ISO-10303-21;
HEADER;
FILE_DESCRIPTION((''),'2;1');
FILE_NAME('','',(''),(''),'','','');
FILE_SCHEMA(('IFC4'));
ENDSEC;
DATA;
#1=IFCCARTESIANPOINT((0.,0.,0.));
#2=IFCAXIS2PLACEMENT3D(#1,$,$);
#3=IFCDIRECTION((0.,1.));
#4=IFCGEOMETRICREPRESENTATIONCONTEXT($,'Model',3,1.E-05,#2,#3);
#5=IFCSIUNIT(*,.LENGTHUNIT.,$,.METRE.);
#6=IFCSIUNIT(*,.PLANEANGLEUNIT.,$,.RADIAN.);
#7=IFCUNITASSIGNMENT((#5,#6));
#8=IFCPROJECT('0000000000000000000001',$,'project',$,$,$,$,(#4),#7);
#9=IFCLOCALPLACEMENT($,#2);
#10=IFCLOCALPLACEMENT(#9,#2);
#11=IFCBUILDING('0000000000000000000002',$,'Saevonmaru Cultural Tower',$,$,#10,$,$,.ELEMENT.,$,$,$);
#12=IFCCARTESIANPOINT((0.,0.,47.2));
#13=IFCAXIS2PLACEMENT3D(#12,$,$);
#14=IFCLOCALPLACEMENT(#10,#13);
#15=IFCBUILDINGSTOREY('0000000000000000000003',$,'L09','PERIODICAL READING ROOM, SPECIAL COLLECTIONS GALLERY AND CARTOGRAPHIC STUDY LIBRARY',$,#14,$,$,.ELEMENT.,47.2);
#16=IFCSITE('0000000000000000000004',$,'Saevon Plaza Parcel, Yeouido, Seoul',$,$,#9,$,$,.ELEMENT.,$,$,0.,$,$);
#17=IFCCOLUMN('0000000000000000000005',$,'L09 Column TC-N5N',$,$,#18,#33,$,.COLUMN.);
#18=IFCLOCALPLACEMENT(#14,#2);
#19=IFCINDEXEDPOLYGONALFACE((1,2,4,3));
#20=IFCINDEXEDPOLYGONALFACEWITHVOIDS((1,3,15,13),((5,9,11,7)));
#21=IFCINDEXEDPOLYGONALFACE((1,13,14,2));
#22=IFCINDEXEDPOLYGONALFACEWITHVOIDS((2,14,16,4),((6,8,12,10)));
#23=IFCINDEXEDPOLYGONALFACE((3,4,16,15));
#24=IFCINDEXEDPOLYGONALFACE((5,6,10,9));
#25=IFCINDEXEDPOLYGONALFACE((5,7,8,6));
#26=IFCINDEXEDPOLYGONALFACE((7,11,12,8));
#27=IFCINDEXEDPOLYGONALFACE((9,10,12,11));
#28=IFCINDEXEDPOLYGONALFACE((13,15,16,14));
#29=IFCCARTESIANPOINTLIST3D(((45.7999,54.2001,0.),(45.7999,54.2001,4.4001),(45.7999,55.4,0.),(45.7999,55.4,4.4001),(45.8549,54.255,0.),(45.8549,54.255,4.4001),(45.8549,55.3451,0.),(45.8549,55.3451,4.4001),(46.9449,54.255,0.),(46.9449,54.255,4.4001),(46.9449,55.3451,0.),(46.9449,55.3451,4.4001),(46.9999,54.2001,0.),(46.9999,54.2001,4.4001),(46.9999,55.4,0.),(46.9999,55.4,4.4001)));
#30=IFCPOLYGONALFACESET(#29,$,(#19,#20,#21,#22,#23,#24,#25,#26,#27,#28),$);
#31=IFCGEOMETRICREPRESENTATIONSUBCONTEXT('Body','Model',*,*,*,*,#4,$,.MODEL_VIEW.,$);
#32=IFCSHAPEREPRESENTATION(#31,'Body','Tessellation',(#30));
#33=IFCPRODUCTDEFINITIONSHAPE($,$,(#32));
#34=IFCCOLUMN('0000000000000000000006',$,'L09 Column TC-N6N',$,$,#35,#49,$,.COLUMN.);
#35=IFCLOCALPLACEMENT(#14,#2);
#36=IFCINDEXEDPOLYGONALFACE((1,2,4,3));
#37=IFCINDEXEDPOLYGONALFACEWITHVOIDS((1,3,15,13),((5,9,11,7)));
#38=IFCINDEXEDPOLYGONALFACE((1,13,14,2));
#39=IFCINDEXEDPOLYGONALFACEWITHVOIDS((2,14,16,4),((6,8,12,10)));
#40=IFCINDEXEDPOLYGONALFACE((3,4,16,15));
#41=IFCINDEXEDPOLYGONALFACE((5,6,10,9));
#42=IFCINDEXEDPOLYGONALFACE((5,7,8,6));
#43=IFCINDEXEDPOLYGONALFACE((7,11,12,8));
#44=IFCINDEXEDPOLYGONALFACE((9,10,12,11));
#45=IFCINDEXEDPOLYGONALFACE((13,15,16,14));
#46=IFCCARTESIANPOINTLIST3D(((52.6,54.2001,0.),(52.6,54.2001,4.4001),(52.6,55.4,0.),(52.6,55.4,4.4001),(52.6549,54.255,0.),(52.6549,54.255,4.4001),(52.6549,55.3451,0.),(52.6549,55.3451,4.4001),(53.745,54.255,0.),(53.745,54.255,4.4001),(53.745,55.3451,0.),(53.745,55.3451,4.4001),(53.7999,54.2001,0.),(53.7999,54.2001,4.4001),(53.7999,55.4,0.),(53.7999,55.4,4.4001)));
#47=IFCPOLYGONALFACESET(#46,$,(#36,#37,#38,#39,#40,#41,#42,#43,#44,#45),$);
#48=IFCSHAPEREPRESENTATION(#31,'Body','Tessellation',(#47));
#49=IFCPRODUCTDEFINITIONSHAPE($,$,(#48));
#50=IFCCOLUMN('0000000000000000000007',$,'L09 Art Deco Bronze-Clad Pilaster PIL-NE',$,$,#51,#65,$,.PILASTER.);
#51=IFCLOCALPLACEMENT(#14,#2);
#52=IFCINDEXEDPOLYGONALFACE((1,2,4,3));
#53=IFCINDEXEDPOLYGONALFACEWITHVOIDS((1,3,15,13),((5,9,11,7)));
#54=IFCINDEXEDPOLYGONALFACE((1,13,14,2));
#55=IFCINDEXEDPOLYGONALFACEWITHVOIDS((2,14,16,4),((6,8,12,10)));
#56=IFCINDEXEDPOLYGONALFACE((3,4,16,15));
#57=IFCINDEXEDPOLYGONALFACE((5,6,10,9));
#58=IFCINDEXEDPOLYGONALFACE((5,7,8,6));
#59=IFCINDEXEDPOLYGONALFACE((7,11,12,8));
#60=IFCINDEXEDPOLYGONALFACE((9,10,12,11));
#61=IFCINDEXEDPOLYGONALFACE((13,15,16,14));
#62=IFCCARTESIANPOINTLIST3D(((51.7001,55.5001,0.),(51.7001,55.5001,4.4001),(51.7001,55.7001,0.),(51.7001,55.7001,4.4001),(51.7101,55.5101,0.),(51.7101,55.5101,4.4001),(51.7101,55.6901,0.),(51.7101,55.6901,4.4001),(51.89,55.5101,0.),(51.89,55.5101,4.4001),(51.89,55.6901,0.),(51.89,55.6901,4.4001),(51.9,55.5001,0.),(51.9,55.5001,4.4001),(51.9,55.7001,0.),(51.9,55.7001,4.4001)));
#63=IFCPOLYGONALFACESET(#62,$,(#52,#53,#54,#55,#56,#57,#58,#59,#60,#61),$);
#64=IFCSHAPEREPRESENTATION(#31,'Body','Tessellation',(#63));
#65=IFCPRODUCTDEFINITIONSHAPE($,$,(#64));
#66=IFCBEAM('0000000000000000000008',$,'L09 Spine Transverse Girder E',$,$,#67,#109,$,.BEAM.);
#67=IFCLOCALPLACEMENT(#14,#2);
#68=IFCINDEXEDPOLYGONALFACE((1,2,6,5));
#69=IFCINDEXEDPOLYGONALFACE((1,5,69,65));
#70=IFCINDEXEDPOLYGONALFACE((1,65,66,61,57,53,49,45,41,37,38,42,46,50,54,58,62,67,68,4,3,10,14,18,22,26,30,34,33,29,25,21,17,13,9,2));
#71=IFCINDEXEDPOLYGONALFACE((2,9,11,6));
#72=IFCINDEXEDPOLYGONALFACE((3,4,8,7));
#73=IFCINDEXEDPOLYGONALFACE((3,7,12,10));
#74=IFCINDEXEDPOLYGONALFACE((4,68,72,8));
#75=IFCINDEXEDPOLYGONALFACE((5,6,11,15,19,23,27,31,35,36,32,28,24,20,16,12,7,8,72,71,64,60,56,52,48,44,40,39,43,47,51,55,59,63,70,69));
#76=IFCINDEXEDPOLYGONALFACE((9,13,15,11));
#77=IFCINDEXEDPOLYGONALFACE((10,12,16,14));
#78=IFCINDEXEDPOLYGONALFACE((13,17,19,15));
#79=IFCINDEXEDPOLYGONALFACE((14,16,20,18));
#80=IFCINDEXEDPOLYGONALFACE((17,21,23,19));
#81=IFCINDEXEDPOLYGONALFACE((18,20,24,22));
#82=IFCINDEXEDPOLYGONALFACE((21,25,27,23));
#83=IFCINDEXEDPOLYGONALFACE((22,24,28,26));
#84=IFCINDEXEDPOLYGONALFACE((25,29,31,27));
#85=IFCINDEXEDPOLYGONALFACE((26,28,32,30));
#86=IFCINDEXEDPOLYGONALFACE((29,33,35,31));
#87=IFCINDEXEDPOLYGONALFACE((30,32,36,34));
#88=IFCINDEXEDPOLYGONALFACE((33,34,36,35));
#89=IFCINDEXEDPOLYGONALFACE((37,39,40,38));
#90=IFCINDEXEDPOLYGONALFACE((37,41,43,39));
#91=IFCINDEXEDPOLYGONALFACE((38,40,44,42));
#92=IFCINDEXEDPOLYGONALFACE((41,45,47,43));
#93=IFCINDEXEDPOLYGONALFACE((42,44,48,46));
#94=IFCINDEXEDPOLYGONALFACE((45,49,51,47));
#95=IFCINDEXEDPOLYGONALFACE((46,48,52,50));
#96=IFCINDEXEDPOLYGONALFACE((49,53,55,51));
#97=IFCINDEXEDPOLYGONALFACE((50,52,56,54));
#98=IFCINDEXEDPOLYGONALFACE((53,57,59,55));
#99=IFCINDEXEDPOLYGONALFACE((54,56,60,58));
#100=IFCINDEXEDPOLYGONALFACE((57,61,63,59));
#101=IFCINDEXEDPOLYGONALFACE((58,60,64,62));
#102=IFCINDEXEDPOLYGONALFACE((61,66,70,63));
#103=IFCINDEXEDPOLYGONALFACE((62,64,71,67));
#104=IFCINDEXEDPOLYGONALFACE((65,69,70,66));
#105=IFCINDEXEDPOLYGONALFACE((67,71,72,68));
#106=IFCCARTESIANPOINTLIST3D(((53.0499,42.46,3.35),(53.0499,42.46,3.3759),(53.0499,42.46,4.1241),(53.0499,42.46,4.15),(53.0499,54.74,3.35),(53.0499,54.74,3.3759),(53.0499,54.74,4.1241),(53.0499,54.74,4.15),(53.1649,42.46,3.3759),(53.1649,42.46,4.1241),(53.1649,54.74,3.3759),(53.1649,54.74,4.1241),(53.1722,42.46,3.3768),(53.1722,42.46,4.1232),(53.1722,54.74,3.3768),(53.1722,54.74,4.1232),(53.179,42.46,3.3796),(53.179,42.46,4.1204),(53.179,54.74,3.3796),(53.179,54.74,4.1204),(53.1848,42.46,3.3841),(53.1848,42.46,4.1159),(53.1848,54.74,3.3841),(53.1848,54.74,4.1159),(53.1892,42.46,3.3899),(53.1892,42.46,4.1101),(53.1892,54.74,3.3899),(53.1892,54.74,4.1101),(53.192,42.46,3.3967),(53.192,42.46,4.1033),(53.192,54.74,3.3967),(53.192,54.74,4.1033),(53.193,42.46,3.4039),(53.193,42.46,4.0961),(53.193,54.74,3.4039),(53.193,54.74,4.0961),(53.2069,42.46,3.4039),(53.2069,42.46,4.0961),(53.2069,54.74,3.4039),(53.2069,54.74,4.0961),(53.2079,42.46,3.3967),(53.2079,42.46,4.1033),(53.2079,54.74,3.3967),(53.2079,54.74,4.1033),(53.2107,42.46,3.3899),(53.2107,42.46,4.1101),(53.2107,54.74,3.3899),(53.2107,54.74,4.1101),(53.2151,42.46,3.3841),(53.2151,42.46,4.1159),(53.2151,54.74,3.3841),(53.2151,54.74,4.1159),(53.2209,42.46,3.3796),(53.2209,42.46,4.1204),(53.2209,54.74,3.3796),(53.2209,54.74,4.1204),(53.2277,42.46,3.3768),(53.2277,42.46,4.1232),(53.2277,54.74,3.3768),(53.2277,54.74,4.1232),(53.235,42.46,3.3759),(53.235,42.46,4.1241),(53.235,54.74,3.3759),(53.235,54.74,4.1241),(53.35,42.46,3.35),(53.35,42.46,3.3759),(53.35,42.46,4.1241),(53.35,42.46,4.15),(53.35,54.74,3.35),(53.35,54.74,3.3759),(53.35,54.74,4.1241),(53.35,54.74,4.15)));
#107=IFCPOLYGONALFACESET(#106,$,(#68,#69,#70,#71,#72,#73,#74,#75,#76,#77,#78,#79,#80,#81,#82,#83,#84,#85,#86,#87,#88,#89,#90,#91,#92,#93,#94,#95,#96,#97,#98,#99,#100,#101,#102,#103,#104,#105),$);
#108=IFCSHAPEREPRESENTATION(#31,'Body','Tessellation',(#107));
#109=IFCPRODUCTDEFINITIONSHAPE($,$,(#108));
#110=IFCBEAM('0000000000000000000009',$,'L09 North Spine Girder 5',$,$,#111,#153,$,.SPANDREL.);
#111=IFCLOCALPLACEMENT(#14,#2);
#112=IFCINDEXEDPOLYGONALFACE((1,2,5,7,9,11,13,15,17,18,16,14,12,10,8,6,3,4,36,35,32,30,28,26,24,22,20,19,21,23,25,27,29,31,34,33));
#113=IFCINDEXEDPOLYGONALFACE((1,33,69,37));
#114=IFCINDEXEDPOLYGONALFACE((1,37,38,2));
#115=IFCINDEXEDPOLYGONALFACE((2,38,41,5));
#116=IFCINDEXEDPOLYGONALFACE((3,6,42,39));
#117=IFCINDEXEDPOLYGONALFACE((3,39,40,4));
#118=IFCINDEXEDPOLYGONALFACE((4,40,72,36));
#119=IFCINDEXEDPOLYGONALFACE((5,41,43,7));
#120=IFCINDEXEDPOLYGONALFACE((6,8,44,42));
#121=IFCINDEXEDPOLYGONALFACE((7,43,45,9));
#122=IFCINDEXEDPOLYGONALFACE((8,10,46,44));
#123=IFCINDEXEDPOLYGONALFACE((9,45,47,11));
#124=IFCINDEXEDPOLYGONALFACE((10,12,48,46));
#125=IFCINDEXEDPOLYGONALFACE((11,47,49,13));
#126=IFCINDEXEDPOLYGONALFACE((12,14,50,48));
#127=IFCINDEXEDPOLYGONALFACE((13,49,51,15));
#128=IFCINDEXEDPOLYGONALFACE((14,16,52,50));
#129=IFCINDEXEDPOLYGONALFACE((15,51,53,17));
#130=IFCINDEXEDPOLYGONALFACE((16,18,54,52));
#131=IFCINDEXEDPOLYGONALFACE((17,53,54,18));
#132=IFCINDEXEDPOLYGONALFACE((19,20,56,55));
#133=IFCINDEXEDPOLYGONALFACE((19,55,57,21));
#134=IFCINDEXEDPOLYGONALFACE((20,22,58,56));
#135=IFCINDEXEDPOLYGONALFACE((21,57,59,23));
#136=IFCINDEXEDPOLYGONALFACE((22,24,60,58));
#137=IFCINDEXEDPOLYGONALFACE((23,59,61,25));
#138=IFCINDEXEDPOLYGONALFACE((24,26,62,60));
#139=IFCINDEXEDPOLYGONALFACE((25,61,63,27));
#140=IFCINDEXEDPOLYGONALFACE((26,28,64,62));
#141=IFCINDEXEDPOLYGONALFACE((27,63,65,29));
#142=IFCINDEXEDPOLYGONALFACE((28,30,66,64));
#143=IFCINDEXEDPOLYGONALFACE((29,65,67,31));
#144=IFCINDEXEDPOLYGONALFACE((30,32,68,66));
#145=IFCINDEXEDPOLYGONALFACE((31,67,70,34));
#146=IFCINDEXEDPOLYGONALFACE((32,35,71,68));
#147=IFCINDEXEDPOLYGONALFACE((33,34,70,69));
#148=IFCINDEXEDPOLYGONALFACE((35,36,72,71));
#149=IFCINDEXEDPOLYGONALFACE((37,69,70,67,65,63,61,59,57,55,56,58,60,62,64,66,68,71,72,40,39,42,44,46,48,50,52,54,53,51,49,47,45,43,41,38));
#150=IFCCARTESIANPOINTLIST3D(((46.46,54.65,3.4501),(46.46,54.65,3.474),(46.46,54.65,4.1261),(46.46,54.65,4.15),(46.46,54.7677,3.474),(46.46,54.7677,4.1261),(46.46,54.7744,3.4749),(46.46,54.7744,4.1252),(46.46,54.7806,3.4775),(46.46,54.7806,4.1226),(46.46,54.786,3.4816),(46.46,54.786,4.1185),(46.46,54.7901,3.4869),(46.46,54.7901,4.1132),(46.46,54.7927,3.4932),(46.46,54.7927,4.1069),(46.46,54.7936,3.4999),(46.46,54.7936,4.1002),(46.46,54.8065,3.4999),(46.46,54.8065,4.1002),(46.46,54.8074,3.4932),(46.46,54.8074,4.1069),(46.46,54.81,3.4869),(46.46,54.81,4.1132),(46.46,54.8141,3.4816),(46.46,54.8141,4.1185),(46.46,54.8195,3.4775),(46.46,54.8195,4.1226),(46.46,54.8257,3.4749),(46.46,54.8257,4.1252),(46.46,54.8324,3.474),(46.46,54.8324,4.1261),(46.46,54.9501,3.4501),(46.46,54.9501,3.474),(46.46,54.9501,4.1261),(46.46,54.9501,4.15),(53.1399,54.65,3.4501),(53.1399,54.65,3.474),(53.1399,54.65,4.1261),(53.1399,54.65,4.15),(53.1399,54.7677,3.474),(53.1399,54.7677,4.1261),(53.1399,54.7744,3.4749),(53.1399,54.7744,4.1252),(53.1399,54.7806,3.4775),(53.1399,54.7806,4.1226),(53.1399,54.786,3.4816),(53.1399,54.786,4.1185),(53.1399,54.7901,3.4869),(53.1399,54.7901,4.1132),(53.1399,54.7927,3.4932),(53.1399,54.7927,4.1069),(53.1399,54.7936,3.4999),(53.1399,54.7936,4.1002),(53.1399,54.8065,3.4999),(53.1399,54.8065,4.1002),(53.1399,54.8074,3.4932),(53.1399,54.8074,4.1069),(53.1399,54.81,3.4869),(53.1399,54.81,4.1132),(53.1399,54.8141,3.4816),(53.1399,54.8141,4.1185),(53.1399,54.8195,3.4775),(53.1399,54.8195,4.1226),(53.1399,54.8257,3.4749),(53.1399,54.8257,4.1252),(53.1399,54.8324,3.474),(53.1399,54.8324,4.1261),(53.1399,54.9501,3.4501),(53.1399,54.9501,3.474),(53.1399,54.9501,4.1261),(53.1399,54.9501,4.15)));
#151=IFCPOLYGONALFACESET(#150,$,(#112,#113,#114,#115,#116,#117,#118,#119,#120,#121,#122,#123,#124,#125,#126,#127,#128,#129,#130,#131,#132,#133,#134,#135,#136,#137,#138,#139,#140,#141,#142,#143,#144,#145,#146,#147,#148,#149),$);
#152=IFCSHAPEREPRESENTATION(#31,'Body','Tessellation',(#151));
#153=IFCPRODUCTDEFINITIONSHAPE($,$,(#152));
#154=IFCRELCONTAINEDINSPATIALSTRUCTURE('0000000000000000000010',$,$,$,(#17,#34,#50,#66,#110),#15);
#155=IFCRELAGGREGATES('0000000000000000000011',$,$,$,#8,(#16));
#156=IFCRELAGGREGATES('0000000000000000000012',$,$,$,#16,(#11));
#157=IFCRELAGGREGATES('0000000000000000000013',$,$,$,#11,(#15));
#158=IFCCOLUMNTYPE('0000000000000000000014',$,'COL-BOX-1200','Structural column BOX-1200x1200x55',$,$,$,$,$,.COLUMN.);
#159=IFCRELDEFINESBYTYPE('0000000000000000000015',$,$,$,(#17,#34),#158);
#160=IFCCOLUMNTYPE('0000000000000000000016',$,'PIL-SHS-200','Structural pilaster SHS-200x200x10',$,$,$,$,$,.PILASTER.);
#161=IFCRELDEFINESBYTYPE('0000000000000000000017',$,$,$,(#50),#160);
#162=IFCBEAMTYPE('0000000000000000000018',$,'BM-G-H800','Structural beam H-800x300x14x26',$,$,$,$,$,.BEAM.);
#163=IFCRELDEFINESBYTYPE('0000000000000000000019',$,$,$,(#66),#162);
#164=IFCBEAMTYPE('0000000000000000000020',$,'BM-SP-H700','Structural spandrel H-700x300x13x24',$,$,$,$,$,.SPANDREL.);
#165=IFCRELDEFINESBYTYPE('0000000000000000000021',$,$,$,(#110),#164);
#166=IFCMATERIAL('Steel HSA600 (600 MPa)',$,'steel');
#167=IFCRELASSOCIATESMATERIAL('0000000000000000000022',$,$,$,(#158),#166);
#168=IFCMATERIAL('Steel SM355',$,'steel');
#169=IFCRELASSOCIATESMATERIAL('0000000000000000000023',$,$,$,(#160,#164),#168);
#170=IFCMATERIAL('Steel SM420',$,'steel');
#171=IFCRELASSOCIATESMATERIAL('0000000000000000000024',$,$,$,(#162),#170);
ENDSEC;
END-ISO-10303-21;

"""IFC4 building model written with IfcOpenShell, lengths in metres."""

from ifc_helpers import new_model, si_unit, direction, frame, origin, origin_2d, place, context, subcontext, project, spatial, hollow_rectangle, i_section, extrude, material, material_profile, profile_set, type_object, element, save


model = new_model("IFC4")

# Units and contexts
model_context = context("Model", 3, precision=1e-05, world=origin(), true_north=direction((0.0, 1.0)))
body_context = subcontext(model_context, "Body", "Model", "MODEL_VIEW")
ifc_project = project(units=[si_unit("LENGTHUNIT", "METRE"), si_unit("PLANEANGLEUNIT", "RADIAN")], contexts=[model_context])

# Site, building, storey
site_placement = place(None, origin())
site = spatial("IfcSite", under=ifc_project, at=site_placement, Name="Saevon Plaza Parcel, Yeouido, Seoul", CompositionType="ELEMENT", RefElevation=0.0)
building_placement = place(site_placement, origin())
building = spatial("IfcBuilding", under=site, at=building_placement, Name="Saevonmaru Cultural Tower", CompositionType="ELEMENT")
storey_placement = place(building_placement, frame((0.0, 0.0, 47.2)))
storey = spatial("IfcBuildingStorey", under=building, at=storey_placement, Name="L09", Description="PERIODICAL READING ROOM, SPECIAL COLLECTIONS GALLERY AND CARTOGRAPHIC STUDY LIBRARY", CompositionType="ELEMENT", Elevation=47.2)

# Columns
ifc_material_1 = material(Name="Steel HSA600 (600 MPa)", Category="steel")
ifc_material_profile_1 = material_profile(ifc_material_1, hollow_rectangle(XDim=1.2, YDim=1.2, WallThickness=0.0549, at=origin_2d()), Name="BOX-1200x1200x55")
ifc_profile_set_1 = profile_set([ifc_material_profile_1], Name="Steel HSA600 (600 MPa)")
column_type_1 = type_object("IfcColumnType", Name="COL-BOX-1200", Description="Structural column BOX-1200x1200x55", PredefinedType="COLUMN", material=ifc_profile_set_1)
for number, where, z_axis, x_axis, name in (
    (1, (46.3999, 54.8, 0.0), (0.0, 0.0, 1.0), (1.0, 0.0, 0.0), "L09 Column TC-N5N"),
    (2, (53.2, 54.8, 0.0), (0.0, 0.0, 1.0), (1.0, 0.0, 0.0), "L09 Column TC-N6N"),
):
    element("IfcColumn", number, at=place(storey_placement, frame(where, z_axis=z_axis, x_axis=x_axis)), inside=storey, type_object=column_type_1, Name=name, PredefinedType="COLUMN", context=body_context, shape_type="SweptSolid", body=[
        extrude(hollow_rectangle(XDim=1.2, YDim=1.2, WallThickness=0.0549, at=origin_2d()), origin(), (0.0, 0.0, 1.0), 4.4001),
    ])
ifc_material_2 = material(Name="Steel SM355", Category="steel")
ifc_material_profile_2 = material_profile(ifc_material_2, hollow_rectangle(XDim=0.2, YDim=0.2, WallThickness=0.01, at=origin_2d()), Name="SHS-200x200x10")
ifc_profile_set_2 = profile_set([ifc_material_profile_2], Name="Steel SM355")
column_type_2 = type_object("IfcColumnType", Name="PIL-SHS-200", Description="Structural pilaster SHS-200x200x10", PredefinedType="PILASTER", material=ifc_profile_set_2)
column_placement = place(storey_placement, frame((51.8, 55.6001, 0.0), z_axis=(0.0, 0.0, 1.0), x_axis=(1.0, 0.0, 0.0)))
element("IfcColumn", 3, at=column_placement, inside=storey, type_object=column_type_2, Name="L09 Art Deco Bronze-Clad Pilaster PIL-NE", PredefinedType="PILASTER", context=body_context, shape_type="SweptSolid", body=[
    extrude(hollow_rectangle(XDim=0.2, YDim=0.2, WallThickness=0.01, at=origin_2d()), origin(), (0.0, 0.0, 1.0), 4.4001),
])

# Beams
ifc_material_3 = material(Name="Steel SM420", Category="steel")
ifc_material_profile_3 = material_profile(ifc_material_3, i_section(OverallWidth=0.3, OverallDepth=0.8, WebThickness=0.0139, FlangeThickness=0.0259, FilletRadius=0.0281, at=origin_2d()), Name="H-800x300x14x26")
ifc_profile_set_3 = profile_set([ifc_material_profile_3], Name="Steel SM420")
beam_type_1 = type_object("IfcBeamType", Name="BM-G-H800", Description="Structural beam H-800x300x14x26", PredefinedType="BEAM", material=ifc_profile_set_3)
beam_1_placement = place(storey_placement, frame((53.2, 54.74, 3.75), z_axis=(0.0, -1.0, 0.0), x_axis=(1.0, 0.0, 0.0)))
element("IfcBeam", 4, at=beam_1_placement, inside=storey, type_object=beam_type_1, Name="L09 Spine Transverse Girder E", PredefinedType="BEAM", context=body_context, shape_type="SweptSolid", body=[
    extrude(i_section(OverallWidth=0.3, OverallDepth=0.8, WebThickness=0.0139, FlangeThickness=0.0259, FilletRadius=0.0281, at=origin_2d()), origin(), (0.0, 0.0, 1.0), 12.28),
])
ifc_material_profile_4 = material_profile(ifc_material_2, i_section(OverallWidth=0.3, OverallDepth=0.7, WebThickness=0.0129, FlangeThickness=0.0239, FilletRadius=0.0259, at=origin_2d()), Name="H-700x300x13x24")
ifc_profile_set_4 = profile_set([ifc_material_profile_4], Name="Steel SM355")
beam_type_2 = type_object("IfcBeamType", Name="BM-SP-H700", Description="Structural spandrel H-700x300x13x24", PredefinedType="SPANDREL", material=ifc_profile_set_4)
beam_2_placement = place(storey_placement, frame((46.46, 54.8, 3.8), z_axis=(1.0, 0.0, 0.0), x_axis=(0.0, 1.0, 0.0)))
element("IfcBeam", 5, at=beam_2_placement, inside=storey, type_object=beam_type_2, Name="L09 North Spine Girder 5", PredefinedType="SPANDREL", context=body_context, shape_type="SweptSolid", body=[
    extrude(i_section(OverallWidth=0.3, OverallDepth=0.7, WebThickness=0.0129, FlangeThickness=0.0239, FilletRadius=0.0259, at=origin_2d()), origin(), (0.0, 0.0, 1.0), 6.6799),
])

save(model, "model.ifc")
